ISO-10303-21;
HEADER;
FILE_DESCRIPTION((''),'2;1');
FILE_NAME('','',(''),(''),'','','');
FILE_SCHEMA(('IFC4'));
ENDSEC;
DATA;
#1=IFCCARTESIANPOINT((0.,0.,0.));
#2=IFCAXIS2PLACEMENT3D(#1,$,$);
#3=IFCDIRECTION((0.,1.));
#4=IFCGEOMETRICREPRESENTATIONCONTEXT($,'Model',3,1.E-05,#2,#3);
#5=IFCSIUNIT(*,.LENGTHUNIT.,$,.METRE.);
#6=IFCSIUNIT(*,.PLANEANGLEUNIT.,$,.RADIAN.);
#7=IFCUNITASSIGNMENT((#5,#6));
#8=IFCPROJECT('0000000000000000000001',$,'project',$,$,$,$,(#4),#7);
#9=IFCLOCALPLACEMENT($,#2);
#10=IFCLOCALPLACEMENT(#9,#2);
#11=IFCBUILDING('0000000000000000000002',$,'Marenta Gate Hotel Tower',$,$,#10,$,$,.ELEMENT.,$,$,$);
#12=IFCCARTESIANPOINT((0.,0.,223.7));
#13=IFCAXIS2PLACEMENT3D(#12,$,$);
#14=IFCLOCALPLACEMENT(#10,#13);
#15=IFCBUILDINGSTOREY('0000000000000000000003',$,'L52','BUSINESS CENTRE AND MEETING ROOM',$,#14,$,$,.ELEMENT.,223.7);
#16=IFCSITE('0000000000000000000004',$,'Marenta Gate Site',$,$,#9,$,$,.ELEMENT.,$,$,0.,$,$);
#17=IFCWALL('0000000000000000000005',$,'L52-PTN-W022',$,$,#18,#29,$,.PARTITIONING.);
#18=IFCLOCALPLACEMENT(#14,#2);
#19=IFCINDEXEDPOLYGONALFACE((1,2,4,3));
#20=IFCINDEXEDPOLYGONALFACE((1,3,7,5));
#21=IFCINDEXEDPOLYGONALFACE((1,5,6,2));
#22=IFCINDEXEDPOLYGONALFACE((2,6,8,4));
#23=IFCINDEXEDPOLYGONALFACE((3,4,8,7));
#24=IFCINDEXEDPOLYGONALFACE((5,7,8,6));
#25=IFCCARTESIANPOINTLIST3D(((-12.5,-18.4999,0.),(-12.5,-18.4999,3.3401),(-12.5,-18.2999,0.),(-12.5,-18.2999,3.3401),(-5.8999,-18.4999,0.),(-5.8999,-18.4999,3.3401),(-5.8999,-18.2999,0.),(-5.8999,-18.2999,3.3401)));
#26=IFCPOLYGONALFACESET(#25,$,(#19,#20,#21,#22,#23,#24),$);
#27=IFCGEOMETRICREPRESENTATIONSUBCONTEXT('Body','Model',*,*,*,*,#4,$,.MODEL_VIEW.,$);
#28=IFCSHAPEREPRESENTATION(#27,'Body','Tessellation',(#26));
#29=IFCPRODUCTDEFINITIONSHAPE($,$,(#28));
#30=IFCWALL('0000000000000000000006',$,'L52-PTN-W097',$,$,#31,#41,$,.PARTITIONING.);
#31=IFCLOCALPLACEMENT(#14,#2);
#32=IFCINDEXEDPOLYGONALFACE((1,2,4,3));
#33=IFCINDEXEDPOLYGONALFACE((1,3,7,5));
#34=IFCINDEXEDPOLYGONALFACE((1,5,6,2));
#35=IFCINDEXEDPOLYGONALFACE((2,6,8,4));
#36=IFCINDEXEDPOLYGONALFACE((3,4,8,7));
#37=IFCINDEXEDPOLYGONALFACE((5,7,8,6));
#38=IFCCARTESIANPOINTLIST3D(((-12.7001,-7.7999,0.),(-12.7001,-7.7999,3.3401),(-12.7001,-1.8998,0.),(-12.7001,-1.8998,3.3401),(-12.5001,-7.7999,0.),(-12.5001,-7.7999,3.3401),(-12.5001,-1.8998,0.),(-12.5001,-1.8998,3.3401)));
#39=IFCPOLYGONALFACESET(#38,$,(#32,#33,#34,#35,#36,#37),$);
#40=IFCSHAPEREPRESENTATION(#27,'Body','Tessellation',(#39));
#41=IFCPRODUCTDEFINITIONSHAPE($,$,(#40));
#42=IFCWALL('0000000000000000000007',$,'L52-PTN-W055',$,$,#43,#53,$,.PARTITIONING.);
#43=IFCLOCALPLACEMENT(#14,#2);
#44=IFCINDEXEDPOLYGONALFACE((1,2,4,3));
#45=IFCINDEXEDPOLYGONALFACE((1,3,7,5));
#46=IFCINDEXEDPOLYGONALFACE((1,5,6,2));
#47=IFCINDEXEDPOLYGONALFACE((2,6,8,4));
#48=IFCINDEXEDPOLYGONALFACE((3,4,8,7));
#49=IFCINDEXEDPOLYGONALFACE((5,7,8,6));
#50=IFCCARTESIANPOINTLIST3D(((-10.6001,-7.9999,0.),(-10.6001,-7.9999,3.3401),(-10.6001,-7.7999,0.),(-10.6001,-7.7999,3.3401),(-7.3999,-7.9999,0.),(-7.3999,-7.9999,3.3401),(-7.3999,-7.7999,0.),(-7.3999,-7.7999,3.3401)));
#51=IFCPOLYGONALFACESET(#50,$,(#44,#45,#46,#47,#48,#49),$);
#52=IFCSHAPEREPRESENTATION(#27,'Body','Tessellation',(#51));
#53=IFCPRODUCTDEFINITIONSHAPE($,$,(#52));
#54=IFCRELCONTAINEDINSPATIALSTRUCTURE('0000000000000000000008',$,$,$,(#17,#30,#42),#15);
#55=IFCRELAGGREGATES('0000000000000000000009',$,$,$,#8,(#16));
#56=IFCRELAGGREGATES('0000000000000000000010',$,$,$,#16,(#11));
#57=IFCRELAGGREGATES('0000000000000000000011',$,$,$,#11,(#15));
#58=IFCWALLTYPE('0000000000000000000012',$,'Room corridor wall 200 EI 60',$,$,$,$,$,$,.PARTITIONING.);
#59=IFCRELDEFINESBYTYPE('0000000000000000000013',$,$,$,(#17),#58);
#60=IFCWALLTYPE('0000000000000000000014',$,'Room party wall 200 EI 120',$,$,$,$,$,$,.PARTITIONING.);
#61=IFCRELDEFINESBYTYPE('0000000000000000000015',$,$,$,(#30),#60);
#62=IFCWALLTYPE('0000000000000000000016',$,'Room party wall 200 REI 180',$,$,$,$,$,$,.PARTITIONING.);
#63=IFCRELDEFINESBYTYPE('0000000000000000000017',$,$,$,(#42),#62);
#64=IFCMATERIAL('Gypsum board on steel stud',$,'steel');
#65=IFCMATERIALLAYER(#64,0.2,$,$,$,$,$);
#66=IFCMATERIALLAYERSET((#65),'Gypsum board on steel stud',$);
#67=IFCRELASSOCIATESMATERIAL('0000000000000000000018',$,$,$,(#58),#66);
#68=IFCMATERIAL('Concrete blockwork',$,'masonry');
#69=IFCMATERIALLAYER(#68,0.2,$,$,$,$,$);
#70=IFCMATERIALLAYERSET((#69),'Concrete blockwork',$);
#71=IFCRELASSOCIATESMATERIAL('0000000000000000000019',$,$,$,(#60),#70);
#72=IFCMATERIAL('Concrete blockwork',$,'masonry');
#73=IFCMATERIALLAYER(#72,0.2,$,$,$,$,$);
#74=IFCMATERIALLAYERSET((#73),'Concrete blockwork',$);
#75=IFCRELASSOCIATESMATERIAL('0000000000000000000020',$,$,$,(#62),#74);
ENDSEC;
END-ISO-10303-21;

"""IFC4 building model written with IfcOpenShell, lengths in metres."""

from ifc_helpers import new_model, si_unit, direction, frame, frame_2d, origin, place, context, subcontext, project, spatial, rectangle, extrude, material, layer, layer_set, type_object, element, save


model = new_model("IFC4")

# Units and contexts
model_context = context("Model", 3, precision=1e-05, world=origin(), true_north=direction((0.0, 1.0)))
body_context = subcontext(model_context, "Body", "Model", "MODEL_VIEW")
ifc_project = project(units=[si_unit("LENGTHUNIT", "METRE"), si_unit("PLANEANGLEUNIT", "RADIAN")], contexts=[model_context])

# Site, building, storey
site_placement = place(None, origin())
site = spatial("IfcSite", under=ifc_project, at=site_placement, Name="Marenta Gate Site", CompositionType="ELEMENT", RefElevation=0.0)
building_placement = place(site_placement, origin())
building = spatial("IfcBuilding", under=site, at=building_placement, Name="Marenta Gate Hotel Tower", CompositionType="ELEMENT")
storey_placement = place(building_placement, frame((0.0, 0.0, 223.7)))
storey = spatial("IfcBuildingStorey", under=building, at=storey_placement, Name="L52", Description="BUSINESS CENTRE AND MEETING ROOM", CompositionType="ELEMENT", Elevation=223.7)

# Wall
ifc_material_1 = material(Name="Gypsum board on steel stud", Category="steel")
ifc_layer_1 = layer(ifc_material_1, 0.2)
ifc_layer_set_1 = layer_set([ifc_layer_1], Name="Gypsum board on steel stud")
wall_type_1 = type_object("IfcWallType", Name="Room corridor wall 200 EI 60", PredefinedType="PARTITIONING", material=ifc_layer_set_1)
wall_1_placement = place(storey_placement, frame((-12.5, -18.3999, 0.0), z_axis=(0.0, 0.0, 1.0), x_axis=(1.0, 0.0, 0.0)))
element("IfcWall", 1, at=wall_1_placement, inside=storey, type_object=wall_type_1, Name="L52-PTN-W022", PredefinedType="PARTITIONING", context=body_context, shape_type="SweptSolid", body=[
    extrude(rectangle(XDim=6.6001, YDim=0.2, at=frame_2d((3.3, 0.0))), origin(), (0.0, 0.0, 1.0), 3.3401),
])

# Walls
ifc_material_2 = material(Name="Concrete blockwork", Category="masonry")
ifc_layer_2 = layer(ifc_material_2, 0.2)
ifc_layer_set_2 = layer_set([ifc_layer_2], Name="Concrete blockwork")
wall_type_2 = type_object("IfcWallType", Name="Room party wall 200 EI 120", PredefinedType="PARTITIONING", material=ifc_layer_set_2)
wall_2_placement = place(storey_placement, frame((-12.6001, -7.8, 0.0), z_axis=(0.0, 0.0, 1.0), x_axis=(0.0, 1.0, 0.0)))
element("IfcWall", 2, at=wall_2_placement, inside=storey, type_object=wall_type_2, Name="L52-PTN-W097", PredefinedType="PARTITIONING", context=body_context, shape_type="SweptSolid", body=[
    extrude(rectangle(XDim=5.9001, YDim=0.2, at=frame_2d((2.9502, 0.0))), origin(), (0.0, 0.0, 1.0), 3.3401),
])
ifc_material_3 = material(Name="Concrete blockwork", Category="masonry")
ifc_layer_3 = layer(ifc_material_3, 0.2)
ifc_layer_set_3 = layer_set([ifc_layer_3], Name="Concrete blockwork")
wall_type_3 = type_object("IfcWallType", Name="Room party wall 200 REI 180", PredefinedType="PARTITIONING", material=ifc_layer_set_3)
wall_3_placement = place(storey_placement, frame((-10.6001, -7.8999, 0.0), z_axis=(0.0, 0.0, 1.0), x_axis=(1.0, 0.0, 0.0)))
element("IfcWall", 3, at=wall_3_placement, inside=storey, type_object=wall_type_3, Name="L52-PTN-W055", PredefinedType="PARTITIONING", context=body_context, shape_type="SweptSolid", body=[
    extrude(rectangle(XDim=3.2002, YDim=0.2, at=frame_2d((1.6001, 0.0))), origin(), (0.0, 0.0, 1.0), 3.3401),
])

save(model, "model.ifc")
